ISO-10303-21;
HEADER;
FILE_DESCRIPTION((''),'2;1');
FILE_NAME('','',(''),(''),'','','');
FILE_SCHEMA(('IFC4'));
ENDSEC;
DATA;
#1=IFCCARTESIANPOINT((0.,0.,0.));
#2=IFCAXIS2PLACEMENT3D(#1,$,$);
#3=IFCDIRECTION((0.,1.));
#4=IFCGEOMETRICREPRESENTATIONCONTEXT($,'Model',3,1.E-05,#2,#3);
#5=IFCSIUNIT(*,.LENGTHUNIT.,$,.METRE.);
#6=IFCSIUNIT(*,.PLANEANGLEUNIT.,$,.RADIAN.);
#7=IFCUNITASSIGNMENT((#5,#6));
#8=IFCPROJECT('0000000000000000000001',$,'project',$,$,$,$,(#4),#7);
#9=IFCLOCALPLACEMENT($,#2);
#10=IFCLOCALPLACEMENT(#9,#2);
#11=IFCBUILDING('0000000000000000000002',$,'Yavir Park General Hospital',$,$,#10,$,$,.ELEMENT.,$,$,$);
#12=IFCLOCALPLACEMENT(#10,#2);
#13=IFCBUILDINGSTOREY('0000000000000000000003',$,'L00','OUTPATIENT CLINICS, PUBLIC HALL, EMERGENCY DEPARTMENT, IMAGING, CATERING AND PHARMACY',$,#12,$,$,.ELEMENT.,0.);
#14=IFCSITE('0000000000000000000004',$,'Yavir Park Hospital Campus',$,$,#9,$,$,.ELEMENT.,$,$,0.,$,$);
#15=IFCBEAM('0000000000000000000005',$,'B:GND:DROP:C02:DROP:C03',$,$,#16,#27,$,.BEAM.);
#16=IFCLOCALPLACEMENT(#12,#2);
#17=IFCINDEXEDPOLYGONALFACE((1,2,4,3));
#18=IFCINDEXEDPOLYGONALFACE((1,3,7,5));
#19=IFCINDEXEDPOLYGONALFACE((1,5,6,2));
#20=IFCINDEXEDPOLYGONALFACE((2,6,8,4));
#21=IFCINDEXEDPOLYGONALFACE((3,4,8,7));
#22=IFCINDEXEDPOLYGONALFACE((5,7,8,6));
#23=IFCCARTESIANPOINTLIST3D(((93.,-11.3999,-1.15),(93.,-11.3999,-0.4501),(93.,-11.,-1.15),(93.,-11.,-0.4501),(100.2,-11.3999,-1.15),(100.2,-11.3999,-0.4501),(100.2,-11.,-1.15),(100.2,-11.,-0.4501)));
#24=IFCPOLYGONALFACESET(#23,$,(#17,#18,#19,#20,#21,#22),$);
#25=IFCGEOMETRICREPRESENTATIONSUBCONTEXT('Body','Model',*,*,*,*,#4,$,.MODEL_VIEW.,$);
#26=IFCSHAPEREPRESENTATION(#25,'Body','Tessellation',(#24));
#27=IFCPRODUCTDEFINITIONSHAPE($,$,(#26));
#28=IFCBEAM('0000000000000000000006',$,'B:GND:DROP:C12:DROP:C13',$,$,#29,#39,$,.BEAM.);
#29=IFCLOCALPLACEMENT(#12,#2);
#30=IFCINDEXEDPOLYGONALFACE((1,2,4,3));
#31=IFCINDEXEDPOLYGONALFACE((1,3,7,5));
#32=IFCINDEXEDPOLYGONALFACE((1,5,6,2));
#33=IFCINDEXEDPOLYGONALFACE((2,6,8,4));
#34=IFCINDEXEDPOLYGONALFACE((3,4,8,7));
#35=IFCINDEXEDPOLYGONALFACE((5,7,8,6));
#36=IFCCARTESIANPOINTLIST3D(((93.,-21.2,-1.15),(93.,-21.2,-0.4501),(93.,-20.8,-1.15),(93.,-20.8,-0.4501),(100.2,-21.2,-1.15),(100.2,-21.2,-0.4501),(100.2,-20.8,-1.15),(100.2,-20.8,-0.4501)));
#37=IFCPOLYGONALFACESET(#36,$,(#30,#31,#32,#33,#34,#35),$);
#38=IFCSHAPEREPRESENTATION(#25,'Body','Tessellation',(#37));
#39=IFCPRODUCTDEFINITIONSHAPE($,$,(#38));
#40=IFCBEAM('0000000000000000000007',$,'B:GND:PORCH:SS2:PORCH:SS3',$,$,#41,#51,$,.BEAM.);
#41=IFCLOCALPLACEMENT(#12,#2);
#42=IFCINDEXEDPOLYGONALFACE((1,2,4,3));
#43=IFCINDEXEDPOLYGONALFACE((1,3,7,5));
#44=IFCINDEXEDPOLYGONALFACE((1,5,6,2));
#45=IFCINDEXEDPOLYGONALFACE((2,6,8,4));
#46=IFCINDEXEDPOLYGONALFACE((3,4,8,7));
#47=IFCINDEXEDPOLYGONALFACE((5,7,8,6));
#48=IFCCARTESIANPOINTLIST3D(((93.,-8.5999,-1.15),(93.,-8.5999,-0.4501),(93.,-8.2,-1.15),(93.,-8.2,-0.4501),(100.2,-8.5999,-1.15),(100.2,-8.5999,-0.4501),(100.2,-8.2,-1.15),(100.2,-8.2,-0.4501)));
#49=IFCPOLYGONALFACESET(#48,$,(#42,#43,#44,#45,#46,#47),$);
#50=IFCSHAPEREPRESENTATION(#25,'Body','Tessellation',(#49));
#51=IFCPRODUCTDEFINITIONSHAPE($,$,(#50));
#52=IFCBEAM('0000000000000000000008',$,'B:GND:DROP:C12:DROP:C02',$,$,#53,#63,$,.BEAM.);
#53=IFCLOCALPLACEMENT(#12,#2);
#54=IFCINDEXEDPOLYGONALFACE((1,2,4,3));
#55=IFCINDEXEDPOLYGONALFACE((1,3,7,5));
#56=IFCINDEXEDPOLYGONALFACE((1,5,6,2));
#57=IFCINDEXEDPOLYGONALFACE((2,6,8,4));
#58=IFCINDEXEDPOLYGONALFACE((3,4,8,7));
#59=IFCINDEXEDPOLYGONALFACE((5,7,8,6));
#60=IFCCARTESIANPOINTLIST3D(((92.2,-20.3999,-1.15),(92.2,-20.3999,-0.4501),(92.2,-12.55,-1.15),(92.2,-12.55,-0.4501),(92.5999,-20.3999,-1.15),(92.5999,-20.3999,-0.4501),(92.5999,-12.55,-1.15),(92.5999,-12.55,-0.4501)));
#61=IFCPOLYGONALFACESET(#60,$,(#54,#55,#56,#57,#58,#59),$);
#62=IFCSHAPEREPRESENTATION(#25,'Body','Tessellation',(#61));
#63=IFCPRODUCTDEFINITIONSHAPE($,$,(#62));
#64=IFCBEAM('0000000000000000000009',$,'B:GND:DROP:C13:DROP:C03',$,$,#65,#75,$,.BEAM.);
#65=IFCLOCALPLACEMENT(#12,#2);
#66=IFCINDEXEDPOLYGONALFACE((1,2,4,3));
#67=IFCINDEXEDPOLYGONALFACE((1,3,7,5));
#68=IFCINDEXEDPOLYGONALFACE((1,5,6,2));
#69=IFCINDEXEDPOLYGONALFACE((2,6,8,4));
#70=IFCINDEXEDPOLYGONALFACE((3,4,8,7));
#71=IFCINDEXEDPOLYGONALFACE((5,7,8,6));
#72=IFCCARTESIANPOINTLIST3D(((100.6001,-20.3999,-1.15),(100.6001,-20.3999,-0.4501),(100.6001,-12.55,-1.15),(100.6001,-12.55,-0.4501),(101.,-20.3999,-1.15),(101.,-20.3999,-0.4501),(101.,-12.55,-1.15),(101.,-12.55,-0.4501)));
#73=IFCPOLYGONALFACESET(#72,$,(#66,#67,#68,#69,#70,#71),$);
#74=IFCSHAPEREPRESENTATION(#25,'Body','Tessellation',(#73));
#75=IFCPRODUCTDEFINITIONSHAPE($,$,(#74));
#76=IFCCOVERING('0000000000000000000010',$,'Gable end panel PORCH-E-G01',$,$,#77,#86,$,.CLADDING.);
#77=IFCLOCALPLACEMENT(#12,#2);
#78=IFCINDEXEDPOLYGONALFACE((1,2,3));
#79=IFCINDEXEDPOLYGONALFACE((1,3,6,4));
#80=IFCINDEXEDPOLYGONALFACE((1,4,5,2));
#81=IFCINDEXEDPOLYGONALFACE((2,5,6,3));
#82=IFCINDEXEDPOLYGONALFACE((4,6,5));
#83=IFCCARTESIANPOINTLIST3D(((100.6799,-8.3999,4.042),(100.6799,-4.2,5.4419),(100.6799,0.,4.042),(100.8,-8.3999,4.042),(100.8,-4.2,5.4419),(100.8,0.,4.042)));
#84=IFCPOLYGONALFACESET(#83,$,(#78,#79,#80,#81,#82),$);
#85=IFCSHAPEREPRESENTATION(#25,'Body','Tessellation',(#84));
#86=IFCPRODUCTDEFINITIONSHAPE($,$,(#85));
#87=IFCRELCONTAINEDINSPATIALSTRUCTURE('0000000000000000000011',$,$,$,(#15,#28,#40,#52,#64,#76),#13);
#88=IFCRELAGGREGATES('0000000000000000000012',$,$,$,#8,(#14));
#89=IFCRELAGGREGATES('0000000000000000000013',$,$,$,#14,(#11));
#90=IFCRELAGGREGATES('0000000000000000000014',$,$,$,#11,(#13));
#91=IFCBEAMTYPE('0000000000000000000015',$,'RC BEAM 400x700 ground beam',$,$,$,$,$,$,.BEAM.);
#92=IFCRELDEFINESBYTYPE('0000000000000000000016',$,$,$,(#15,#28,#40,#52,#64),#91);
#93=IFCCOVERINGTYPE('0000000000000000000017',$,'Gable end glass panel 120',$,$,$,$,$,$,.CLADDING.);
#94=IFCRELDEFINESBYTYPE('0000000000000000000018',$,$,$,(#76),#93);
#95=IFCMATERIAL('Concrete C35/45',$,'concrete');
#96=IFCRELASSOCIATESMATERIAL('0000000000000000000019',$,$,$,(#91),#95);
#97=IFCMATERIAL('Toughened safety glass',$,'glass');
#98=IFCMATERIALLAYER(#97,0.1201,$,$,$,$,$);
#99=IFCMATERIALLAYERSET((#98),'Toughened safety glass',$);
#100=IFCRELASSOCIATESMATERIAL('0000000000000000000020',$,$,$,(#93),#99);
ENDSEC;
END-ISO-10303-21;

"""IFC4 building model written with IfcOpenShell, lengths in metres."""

from ifc_helpers import new_model, si_unit, direction, frame, origin, origin_2d, place, context, subcontext, project, spatial, polyline, rectangle, outline, extrude, material, layer, layer_set, material_profile, profile_set, type_object, element, save


model = new_model("IFC4")

# Units and contexts
model_context = context("Model", 3, precision=1e-05, world=origin(), true_north=direction((0.0, 1.0)))
body_context = subcontext(model_context, "Body", "Model", "MODEL_VIEW")
ifc_project = project(units=[si_unit("LENGTHUNIT", "METRE"), si_unit("PLANEANGLEUNIT", "RADIAN")], contexts=[model_context])

# Site, building, storey
site_placement = place(None, origin())
site = spatial("IfcSite", under=ifc_project, at=site_placement, Name="Yavir Park Hospital Campus", CompositionType="ELEMENT", RefElevation=0.0)
building_placement = place(site_placement, origin())
building = spatial("IfcBuilding", under=site, at=building_placement, Name="Yavir Park General Hospital", CompositionType="ELEMENT")
storey_placement = place(building_placement, origin())
storey = spatial("IfcBuildingStorey", under=building, at=storey_placement, Name="L00", Description="OUTPATIENT CLINICS, PUBLIC HALL, EMERGENCY DEPARTMENT, IMAGING, CATERING AND PHARMACY", CompositionType="ELEMENT", Elevation=0.0)

# Beams
ifc_material_1 = material(Name="Concrete C35/45", Category="concrete")
ifc_material_profile_1 = material_profile(ifc_material_1, rectangle(XDim=0.3999, YDim=0.7, at=origin_2d()), Name="RC400x700")
ifc_profile_set_1 = profile_set([ifc_material_profile_1], Name="Concrete C35/45")
beam_type_1 = type_object("IfcBeamType", Name="RC BEAM 400x700 ground beam", PredefinedType="BEAM", material=ifc_profile_set_1)
for number, where, z_axis, x_axis, name in (
    (1, (93.0, -11.2, -0.8), (1.0, 0.0, 0.0), (0.0, 1.0, 0.0), "B:GND:DROP:C02:DROP:C03"),
    (2, (93.0, -21.0, -0.8), (1.0, 0.0, 0.0), (0.0, 1.0, 0.0), "B:GND:DROP:C12:DROP:C13"),
    (3, (93.0, -8.3999, -0.8), (1.0, 0.0, 0.0), (0.0, 1.0, 0.0), "B:GND:PORCH:SS2:PORCH:SS3"),
):
    element("IfcBeam", number, at=place(storey_placement, frame(where, z_axis=z_axis, x_axis=x_axis)), inside=storey, type_object=beam_type_1, Name=name, PredefinedType="BEAM", context=body_context, shape_type="SweptSolid", body=[
        extrude(rectangle(XDim=0.3999, YDim=0.7, at=origin_2d()), origin(), (0.0, 0.0, 1.0), 7.2),
    ])
for number, where, z_axis, x_axis, name in (
    (4, (92.3999, -20.3999, -0.8), (0.0, 1.0, 0.0), (-1.0, 0.0, 0.0), "B:GND:DROP:C12:DROP:C02"),
    (5, (100.8, -20.3999, -0.8), (0.0, 1.0, 0.0), (-1.0, 0.0, 0.0), "B:GND:DROP:C13:DROP:C03"),
):
    element("IfcBeam", number, at=place(storey_placement, frame(where, z_axis=z_axis, x_axis=x_axis)), inside=storey, type_object=beam_type_1, Name=name, PredefinedType="BEAM", context=body_context, shape_type="SweptSolid", body=[
        extrude(rectangle(XDim=0.3999, YDim=0.7, at=origin_2d()), origin(), (0.0, 0.0, 1.0), 7.8499),
    ])

# Covering
ifc_material_2 = material(Name="Toughened safety glass", Category="glass")
ifc_layer = layer(ifc_material_2, 0.1201)
ifc_layer_set = layer_set([ifc_layer], Name="Toughened safety glass")
covering_type = type_object("IfcCoveringType", Name="Gable end glass panel 120", PredefinedType="CLADDING", material=ifc_layer_set)
covering_placement = place(storey_placement, frame((100.8, -8.3999, 4.042), z_axis=(1.0, 0.0, 0.0), x_axis=(0.0, 1.0, 0.0)))
element("IfcCovering", 6, at=covering_placement, inside=storey, type_object=covering_type, Name="Gable end panel PORCH-E-G01", PredefinedType="CLADDING", context=body_context, shape_type="SweptSolid", body=[
    extrude(outline(polyline([(0.0, 0.0), (8.3999, 0.0), (4.2, 1.3999), (0.0, 0.0)])), origin(), (0.0, 0.0, -1.0), 0.1201),
])

save(model, "model.ifc")
